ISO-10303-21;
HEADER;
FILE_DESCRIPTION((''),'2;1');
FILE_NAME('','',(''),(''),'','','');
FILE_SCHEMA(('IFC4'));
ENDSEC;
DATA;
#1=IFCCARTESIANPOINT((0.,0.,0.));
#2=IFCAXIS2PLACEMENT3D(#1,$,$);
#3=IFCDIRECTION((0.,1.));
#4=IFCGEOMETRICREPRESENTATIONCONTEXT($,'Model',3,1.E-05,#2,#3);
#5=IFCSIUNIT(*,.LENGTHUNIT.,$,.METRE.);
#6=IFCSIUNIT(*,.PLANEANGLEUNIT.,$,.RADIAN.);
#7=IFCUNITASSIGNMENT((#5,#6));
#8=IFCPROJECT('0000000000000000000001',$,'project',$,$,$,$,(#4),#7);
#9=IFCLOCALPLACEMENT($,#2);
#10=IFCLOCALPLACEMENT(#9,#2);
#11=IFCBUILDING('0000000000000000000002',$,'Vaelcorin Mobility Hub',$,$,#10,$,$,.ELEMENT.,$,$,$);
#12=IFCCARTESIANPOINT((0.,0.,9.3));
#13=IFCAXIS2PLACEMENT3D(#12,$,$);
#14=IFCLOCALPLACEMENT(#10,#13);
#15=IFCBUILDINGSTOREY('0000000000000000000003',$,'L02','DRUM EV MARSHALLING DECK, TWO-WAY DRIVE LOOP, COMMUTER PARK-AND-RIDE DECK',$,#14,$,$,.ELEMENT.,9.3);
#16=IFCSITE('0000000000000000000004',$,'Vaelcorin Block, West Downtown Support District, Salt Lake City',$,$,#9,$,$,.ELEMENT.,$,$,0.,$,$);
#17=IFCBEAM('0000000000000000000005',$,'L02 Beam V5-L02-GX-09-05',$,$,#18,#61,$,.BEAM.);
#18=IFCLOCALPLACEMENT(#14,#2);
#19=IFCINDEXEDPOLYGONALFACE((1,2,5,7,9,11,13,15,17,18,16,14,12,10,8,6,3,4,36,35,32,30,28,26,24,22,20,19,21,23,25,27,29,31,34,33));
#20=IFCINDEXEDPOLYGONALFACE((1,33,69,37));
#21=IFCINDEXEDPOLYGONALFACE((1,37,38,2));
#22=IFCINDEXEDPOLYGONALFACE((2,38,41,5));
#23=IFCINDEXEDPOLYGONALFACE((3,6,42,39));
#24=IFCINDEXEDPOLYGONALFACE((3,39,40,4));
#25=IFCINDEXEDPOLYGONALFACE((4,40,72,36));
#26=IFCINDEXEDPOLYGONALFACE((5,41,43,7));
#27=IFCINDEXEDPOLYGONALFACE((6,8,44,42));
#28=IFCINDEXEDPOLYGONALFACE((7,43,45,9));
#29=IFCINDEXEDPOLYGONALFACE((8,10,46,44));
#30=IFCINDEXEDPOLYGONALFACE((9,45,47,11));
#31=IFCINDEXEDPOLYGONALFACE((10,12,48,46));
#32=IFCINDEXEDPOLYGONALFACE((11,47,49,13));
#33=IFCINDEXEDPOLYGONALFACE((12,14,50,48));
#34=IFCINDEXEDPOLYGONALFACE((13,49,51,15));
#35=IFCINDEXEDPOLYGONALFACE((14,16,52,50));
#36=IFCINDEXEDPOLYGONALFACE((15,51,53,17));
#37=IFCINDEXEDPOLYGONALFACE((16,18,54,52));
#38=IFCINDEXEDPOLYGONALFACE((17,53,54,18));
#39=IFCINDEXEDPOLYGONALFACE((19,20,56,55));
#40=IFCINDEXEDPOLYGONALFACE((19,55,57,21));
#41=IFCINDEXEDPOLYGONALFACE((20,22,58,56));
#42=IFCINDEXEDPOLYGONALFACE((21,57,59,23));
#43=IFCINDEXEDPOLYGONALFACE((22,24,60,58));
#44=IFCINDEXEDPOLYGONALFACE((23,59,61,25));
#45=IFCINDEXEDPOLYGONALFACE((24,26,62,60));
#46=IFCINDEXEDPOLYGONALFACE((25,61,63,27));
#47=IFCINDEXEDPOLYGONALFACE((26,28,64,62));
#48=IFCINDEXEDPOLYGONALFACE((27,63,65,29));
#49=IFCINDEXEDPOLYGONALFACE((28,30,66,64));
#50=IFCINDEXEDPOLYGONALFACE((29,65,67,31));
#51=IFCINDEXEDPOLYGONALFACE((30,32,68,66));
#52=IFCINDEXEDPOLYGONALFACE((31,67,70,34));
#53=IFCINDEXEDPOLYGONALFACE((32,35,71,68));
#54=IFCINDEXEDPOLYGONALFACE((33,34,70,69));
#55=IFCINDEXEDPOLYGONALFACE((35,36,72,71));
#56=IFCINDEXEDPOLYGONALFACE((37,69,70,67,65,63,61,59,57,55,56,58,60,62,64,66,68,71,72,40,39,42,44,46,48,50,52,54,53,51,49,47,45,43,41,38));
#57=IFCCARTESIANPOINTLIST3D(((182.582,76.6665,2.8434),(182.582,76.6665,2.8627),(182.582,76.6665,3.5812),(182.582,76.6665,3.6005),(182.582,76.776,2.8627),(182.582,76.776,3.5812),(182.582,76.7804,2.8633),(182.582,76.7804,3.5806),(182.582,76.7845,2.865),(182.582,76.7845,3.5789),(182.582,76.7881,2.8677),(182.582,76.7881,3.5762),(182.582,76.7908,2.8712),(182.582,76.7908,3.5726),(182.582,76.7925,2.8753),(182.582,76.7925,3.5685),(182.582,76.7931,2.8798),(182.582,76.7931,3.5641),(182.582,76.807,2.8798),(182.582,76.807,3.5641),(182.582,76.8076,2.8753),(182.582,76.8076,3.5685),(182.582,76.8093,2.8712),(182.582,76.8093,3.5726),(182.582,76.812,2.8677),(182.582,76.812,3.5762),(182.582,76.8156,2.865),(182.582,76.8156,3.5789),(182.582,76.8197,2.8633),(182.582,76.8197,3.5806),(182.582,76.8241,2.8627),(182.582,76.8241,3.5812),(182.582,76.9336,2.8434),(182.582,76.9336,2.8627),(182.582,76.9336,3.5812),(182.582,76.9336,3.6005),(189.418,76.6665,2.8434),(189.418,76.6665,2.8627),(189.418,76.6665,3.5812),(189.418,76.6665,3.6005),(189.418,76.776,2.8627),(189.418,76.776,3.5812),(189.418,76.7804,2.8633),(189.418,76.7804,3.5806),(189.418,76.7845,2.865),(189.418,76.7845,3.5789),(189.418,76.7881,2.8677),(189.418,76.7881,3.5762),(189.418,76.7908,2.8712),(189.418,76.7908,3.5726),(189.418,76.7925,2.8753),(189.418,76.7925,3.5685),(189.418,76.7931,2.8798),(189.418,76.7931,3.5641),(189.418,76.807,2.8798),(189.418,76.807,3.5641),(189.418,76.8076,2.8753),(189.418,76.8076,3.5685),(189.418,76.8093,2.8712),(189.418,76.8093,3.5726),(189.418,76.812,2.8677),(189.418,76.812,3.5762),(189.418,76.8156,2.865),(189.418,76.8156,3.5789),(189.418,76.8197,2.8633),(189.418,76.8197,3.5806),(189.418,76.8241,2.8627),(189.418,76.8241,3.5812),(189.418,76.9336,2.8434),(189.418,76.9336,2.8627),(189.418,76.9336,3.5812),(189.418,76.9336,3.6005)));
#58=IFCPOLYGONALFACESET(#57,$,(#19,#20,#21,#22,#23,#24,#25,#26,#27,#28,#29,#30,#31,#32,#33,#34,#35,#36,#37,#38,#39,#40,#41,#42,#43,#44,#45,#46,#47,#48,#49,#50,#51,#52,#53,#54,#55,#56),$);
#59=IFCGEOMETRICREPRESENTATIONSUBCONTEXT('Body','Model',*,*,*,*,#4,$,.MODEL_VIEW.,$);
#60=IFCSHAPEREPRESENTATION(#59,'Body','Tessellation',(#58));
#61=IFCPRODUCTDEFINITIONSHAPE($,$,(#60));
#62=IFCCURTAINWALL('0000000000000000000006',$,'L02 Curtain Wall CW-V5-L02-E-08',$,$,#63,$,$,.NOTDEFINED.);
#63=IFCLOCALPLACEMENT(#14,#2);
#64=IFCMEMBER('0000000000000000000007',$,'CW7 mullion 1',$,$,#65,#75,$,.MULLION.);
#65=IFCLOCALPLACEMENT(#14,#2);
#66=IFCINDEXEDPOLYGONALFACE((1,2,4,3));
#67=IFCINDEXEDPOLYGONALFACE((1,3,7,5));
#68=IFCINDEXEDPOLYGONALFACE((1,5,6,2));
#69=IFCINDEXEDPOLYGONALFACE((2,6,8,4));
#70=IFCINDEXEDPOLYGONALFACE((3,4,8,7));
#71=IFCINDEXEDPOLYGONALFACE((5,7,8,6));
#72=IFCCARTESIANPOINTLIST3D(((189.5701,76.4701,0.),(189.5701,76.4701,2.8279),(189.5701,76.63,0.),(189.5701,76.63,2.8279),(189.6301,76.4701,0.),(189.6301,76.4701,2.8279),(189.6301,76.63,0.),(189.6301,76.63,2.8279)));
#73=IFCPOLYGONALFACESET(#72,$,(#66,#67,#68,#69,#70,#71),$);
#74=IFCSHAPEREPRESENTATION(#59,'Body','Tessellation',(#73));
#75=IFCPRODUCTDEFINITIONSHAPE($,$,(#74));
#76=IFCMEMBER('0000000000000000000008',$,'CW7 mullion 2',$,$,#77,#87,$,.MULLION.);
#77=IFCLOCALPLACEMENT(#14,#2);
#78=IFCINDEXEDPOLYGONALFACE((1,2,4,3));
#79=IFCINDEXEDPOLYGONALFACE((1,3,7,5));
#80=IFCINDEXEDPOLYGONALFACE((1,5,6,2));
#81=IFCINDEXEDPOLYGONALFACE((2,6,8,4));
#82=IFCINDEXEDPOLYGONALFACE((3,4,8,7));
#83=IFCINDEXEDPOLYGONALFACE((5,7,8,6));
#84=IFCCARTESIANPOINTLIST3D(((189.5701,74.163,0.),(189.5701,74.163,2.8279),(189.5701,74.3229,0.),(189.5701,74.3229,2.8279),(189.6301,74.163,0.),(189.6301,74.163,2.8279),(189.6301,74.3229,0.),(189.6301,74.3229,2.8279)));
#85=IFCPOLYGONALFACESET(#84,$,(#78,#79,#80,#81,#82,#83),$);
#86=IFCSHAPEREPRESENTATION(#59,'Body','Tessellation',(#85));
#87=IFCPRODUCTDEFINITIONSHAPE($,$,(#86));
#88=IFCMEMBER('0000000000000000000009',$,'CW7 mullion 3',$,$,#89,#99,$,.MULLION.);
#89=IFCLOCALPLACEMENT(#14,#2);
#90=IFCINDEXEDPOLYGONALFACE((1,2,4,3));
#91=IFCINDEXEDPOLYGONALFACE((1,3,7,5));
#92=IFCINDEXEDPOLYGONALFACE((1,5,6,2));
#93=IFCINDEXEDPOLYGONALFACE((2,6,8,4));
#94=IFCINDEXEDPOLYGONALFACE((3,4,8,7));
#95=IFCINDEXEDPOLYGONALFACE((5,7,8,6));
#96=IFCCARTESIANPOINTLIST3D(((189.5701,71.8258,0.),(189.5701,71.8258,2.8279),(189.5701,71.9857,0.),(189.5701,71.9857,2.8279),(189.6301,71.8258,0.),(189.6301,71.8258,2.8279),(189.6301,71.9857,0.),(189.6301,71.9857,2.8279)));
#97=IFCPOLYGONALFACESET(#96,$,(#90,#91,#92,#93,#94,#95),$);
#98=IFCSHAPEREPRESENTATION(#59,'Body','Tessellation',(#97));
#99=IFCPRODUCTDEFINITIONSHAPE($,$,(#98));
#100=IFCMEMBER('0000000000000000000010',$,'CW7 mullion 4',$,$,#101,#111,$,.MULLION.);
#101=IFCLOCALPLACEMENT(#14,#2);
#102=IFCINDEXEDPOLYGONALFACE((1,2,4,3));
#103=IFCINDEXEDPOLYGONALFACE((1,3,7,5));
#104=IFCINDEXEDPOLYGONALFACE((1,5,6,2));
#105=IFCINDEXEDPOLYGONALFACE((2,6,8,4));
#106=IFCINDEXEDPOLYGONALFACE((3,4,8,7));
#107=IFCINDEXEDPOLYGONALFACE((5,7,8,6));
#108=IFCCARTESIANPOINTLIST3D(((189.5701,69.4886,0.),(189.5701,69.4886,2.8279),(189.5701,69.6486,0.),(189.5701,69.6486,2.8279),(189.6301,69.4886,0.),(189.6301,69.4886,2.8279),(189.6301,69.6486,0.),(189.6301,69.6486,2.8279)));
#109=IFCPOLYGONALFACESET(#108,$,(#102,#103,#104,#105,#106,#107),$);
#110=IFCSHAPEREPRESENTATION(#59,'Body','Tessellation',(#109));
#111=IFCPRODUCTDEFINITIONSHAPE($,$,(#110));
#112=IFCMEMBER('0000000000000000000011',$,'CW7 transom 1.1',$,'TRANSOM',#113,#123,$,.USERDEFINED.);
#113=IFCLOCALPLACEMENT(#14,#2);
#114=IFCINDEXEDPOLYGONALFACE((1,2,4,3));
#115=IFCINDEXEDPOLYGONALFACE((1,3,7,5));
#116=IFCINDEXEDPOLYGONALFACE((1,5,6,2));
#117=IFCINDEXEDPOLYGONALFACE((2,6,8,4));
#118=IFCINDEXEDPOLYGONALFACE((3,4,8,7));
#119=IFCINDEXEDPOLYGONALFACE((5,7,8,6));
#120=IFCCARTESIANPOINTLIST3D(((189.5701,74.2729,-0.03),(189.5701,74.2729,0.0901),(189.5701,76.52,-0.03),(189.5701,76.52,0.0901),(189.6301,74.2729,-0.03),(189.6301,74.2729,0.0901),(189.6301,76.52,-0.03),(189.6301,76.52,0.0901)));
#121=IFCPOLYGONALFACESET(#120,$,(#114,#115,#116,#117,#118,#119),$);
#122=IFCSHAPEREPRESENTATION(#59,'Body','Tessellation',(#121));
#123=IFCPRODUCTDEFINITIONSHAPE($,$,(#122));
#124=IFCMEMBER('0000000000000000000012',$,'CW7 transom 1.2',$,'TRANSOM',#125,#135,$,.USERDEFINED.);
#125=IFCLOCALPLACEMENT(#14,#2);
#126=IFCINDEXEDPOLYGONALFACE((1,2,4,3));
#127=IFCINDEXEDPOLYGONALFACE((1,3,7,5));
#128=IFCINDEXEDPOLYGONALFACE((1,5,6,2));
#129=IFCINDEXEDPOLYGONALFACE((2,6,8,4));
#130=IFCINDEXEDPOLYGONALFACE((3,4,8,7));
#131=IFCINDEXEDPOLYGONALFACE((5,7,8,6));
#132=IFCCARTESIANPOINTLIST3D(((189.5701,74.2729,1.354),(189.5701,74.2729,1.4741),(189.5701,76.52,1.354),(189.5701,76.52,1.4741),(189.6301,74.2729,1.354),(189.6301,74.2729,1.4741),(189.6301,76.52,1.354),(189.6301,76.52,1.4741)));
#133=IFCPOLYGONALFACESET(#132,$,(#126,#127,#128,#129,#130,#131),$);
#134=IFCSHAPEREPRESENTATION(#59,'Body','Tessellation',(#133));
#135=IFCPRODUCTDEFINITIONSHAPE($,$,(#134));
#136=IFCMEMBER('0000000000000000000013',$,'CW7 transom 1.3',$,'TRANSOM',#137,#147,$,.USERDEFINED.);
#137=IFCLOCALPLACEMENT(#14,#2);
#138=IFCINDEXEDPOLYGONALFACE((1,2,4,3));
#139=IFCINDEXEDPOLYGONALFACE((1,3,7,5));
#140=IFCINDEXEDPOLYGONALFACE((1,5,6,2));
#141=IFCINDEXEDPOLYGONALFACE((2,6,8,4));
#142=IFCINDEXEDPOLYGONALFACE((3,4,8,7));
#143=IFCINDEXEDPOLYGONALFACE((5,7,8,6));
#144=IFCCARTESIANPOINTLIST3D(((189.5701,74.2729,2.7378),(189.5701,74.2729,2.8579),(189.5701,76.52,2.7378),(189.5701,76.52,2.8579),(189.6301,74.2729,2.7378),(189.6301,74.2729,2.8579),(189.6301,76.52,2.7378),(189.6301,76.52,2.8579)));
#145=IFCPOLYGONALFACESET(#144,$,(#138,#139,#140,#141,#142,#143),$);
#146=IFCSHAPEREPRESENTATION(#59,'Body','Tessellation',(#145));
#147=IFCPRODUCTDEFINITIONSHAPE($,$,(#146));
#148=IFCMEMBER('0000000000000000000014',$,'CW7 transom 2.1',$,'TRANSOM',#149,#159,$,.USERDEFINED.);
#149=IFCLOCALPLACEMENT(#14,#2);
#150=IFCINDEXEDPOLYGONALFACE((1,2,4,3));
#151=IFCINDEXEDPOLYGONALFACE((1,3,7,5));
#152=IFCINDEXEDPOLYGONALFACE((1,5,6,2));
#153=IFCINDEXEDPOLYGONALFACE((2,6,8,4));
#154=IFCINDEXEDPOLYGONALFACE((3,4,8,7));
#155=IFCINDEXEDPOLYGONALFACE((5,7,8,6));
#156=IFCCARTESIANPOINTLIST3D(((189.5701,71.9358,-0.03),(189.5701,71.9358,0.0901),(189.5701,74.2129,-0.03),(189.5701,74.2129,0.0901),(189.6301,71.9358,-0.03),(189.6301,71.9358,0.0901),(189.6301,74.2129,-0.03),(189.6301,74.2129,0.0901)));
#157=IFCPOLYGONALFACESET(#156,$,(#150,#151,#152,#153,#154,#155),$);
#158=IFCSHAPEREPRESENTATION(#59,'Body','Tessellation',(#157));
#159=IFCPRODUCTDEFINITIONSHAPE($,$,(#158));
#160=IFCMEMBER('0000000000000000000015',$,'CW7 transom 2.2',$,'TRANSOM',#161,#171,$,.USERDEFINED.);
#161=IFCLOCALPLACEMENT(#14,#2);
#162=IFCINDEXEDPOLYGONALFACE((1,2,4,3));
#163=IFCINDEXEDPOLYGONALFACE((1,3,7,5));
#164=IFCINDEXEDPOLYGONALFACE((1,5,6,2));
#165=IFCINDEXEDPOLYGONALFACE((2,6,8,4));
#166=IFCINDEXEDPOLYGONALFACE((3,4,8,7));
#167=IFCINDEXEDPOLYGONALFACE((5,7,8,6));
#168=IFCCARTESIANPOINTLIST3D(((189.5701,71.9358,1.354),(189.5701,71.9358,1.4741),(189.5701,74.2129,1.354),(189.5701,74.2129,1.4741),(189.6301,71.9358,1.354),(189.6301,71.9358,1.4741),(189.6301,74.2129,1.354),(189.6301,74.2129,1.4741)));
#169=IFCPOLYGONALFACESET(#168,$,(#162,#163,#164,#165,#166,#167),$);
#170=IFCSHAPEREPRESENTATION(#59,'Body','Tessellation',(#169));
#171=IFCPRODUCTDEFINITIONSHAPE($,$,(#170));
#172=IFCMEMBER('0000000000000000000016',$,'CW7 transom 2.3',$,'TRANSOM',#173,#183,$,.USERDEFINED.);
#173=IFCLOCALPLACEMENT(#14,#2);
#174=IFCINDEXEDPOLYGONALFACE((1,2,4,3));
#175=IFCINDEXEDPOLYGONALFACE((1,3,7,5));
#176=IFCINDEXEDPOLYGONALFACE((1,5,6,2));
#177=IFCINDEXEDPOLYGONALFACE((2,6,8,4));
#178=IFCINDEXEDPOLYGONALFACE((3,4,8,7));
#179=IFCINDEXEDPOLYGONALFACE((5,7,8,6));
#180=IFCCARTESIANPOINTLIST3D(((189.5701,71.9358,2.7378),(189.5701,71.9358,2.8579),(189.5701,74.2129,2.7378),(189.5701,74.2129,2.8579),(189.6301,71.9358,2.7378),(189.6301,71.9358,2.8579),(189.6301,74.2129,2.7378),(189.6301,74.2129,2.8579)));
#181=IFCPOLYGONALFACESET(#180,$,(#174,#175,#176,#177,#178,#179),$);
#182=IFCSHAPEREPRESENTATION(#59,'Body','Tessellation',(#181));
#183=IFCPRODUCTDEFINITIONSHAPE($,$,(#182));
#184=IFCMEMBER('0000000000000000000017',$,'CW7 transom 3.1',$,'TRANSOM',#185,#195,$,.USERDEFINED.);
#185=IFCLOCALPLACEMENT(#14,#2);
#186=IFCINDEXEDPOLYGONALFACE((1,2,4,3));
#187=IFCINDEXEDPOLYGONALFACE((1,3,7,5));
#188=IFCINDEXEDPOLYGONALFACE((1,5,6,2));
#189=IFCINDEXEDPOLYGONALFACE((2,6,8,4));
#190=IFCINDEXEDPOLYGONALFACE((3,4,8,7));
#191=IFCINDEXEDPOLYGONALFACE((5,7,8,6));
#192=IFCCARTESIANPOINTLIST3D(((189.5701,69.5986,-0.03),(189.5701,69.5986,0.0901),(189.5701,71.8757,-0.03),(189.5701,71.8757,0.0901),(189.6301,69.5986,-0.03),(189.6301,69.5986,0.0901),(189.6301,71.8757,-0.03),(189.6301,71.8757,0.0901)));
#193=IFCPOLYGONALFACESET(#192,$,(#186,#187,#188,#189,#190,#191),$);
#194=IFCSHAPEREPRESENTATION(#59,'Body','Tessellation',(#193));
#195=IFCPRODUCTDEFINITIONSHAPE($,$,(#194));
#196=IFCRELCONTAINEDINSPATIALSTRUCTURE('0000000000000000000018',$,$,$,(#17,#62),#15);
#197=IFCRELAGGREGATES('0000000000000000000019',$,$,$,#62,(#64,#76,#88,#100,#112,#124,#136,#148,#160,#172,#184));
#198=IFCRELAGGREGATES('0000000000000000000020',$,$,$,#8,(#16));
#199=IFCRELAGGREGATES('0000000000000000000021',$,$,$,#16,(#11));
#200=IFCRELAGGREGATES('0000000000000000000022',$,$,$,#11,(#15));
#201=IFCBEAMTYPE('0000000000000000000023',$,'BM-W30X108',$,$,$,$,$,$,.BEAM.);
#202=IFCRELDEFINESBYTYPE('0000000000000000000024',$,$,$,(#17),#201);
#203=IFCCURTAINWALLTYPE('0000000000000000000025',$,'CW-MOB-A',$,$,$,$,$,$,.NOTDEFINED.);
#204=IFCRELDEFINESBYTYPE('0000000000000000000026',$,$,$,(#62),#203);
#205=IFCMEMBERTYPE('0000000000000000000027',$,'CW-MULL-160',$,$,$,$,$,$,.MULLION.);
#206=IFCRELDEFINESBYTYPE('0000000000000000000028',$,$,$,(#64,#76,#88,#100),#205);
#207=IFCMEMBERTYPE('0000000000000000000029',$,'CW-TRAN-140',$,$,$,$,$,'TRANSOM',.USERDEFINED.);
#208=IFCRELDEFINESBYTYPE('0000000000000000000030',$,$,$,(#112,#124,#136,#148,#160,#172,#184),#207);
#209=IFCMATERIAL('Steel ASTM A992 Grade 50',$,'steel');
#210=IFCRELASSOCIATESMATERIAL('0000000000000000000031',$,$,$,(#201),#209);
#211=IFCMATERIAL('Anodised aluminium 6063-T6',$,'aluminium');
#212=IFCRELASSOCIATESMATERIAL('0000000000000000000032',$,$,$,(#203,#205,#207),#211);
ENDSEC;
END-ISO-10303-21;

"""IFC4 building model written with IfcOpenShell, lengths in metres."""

from ifc_helpers import new_model, si_unit, direction, frame, origin, origin_2d, place, context, subcontext, project, spatial, rectangle, i_section, extrude, material, material_profile, profile_set, type_object, element, aggregate, save


model = new_model("IFC4")

# Units and contexts
model_context = context("Model", 3, precision=1e-05, world=origin(), true_north=direction((0.0, 1.0)))
body_context = subcontext(model_context, "Body", "Model", "MODEL_VIEW")
ifc_project = project(units=[si_unit("LENGTHUNIT", "METRE"), si_unit("PLANEANGLEUNIT", "RADIAN")], contexts=[model_context])

# Site, building, storey
site_placement = place(None, origin())
site = spatial("IfcSite", under=ifc_project, at=site_placement, Name="Vaelcorin Block, West Downtown Support District, Salt Lake City", CompositionType="ELEMENT", RefElevation=0.0)
building_placement = place(site_placement, origin())
building = spatial("IfcBuilding", under=site, at=building_placement, Name="Vaelcorin Mobility Hub", CompositionType="ELEMENT")
storey_placement = place(building_placement, frame((0.0, 0.0, 9.3)))
storey = spatial("IfcBuildingStorey", under=building, at=storey_placement, Name="L02", Description="DRUM EV MARSHALLING DECK, TWO-WAY DRIVE LOOP, COMMUTER PARK-AND-RIDE DECK", CompositionType="ELEMENT", Elevation=9.3)

# Shared definitions
ifc_material_1 = material(Name="Steel ASTM A992 Grade 50", Category="steel")

# Beam
ifc_material_profile_1 = material_profile(ifc_material_1, i_section(OverallWidth=0.2671, OverallDepth=0.7571, WebThickness=0.0139, FlangeThickness=0.0193, FilletRadius=0.0171, at=origin_2d()), Name="W30X108")
ifc_profile_set_1 = profile_set([ifc_material_profile_1], Name="Steel ASTM A992 Grade 50")
beam_type_1 = type_object("IfcBeamType", Name="BM-W30X108", PredefinedType="BEAM", material=ifc_profile_set_1)
beam_1_placement = place(storey_placement, frame((182.582, 76.8, 3.2219), z_axis=(1.0, 0.0, 0.0), x_axis=(0.0, 1.0, 0.0)))
element("IfcBeam", 1, at=beam_1_placement, inside=storey, type_object=beam_type_1, Name="L02 Beam V5-L02-GX-09-05", PredefinedType="BEAM", context=body_context, shape_type="SweptSolid", body=[
    extrude(i_section(OverallWidth=0.2671, OverallDepth=0.7571, WebThickness=0.0139, FlangeThickness=0.0193, FilletRadius=0.0171, at=origin_2d()), origin(), (0.0, 0.0, 1.0), 6.8359),
])

# Curtain wall, members
ifc_material_2 = material(Name="Anodised aluminium 6063-T6", Category="aluminium")
curtain_wall_type = type_object("IfcCurtainWallType", Name="CW-MOB-A", PredefinedType="NOTDEFINED", material=ifc_material_2)
curtain_wall_placement = place(storey_placement, origin())
curtain_wall = element("IfcCurtainWall", 2, at=curtain_wall_placement, inside=storey, type_object=curtain_wall_type, Name="L02 Curtain Wall CW-V5-L02-E-08", PredefinedType="NOTDEFINED")
ifc_material_profile_2 = material_profile(ifc_material_2, rectangle(XDim=0.0601, YDim=0.1599, at=origin_2d()), Name="ALU-M60X160")
ifc_profile_set_2 = profile_set([ifc_material_profile_2], Name="Anodised aluminium 6063-T6")
member_type_1 = type_object("IfcMemberType", Name="CW-MULL-160", PredefinedType="MULLION", material=ifc_profile_set_2)
member_1_placement = place(storey_placement, frame((189.6001, 76.55, 0.0), z_axis=(0.0, 0.0, 1.0), x_axis=(1.0, 0.0, 0.0)))
member_1 = element("IfcMember", 3, at=member_1_placement, type_object=member_type_1, Name="CW7 mullion 1", PredefinedType="MULLION", context=body_context, shape_type="SweptSolid", body=[
    extrude(rectangle(XDim=0.0601, YDim=0.1599, at=origin_2d()), origin(), (0.0, 0.0, 1.0), 2.8279),
])
member_2_placement = place(storey_placement, frame((189.6001, 74.2429, 0.0), z_axis=(0.0, 0.0, 1.0), x_axis=(1.0, 0.0, 0.0)))
member_2 = element("IfcMember", 4, at=member_2_placement, type_object=member_type_1, Name="CW7 mullion 2", PredefinedType="MULLION", context=body_context, shape_type="SweptSolid", body=[
    extrude(rectangle(XDim=0.0601, YDim=0.1599, at=origin_2d()), origin(), (0.0, 0.0, 1.0), 2.8279),
])
member_3_placement = place(storey_placement, frame((189.6001, 71.9058, 0.0), z_axis=(0.0, 0.0, 1.0), x_axis=(1.0, 0.0, 0.0)))
member_3 = element("IfcMember", 5, at=member_3_placement, type_object=member_type_1, Name="CW7 mullion 3", PredefinedType="MULLION", context=body_context, shape_type="SweptSolid", body=[
    extrude(rectangle(XDim=0.0601, YDim=0.1599, at=origin_2d()), origin(), (0.0, 0.0, 1.0), 2.8279),
])
member_4_placement = place(storey_placement, frame((189.6001, 69.5686, 0.0), z_axis=(0.0, 0.0, 1.0), x_axis=(1.0, 0.0, 0.0)))
member_4 = element("IfcMember", 6, at=member_4_placement, type_object=member_type_1, Name="CW7 mullion 4", PredefinedType="MULLION", context=body_context, shape_type="SweptSolid", body=[
    extrude(rectangle(XDim=0.0601, YDim=0.1599, at=origin_2d()), origin(), (0.0, 0.0, 1.0), 2.8279),
])
ifc_material_profile_3 = material_profile(ifc_material_2, rectangle(XDim=0.0601, YDim=0.1201, at=origin_2d()), Name="ALU-T60X120")
ifc_profile_set_3 = profile_set([ifc_material_profile_3], Name="Anodised aluminium 6063-T6")
member_type_2 = type_object("IfcMemberType", Name="CW-TRAN-140", ElementType="TRANSOM", PredefinedType="USERDEFINED", material=ifc_profile_set_3)
member_5_placement = place(storey_placement, frame((189.6001, 76.52, 0.03), z_axis=(0.0, -1.0, 0.0), x_axis=(1.0, 0.0, 0.0)))
member_5 = element("IfcMember", 7, at=member_5_placement, type_object=member_type_2, Name="CW7 transom 1.1", ObjectType="TRANSOM", PredefinedType="USERDEFINED", context=body_context, shape_type="SweptSolid", body=[
    extrude(rectangle(XDim=0.0601, YDim=0.1201, at=origin_2d()), origin(), (0.0, 0.0, 1.0), 2.2471),
])
member_6_placement = place(storey_placement, frame((189.6001, 76.52, 1.4141), z_axis=(0.0, -1.0, 0.0), x_axis=(1.0, 0.0, 0.0)))
member_6 = element("IfcMember", 8, at=member_6_placement, type_object=member_type_2, Name="CW7 transom 1.2", ObjectType="TRANSOM", PredefinedType="USERDEFINED", context=body_context, shape_type="SweptSolid", body=[
    extrude(rectangle(XDim=0.0601, YDim=0.1201, at=origin_2d()), origin(), (0.0, 0.0, 1.0), 2.2471),
])
member_7_placement = place(storey_placement, frame((189.6001, 76.52, 2.7979), z_axis=(0.0, -1.0, 0.0), x_axis=(1.0, 0.0, 0.0)))
member_7 = element("IfcMember", 9, at=member_7_placement, type_object=member_type_2, Name="CW7 transom 1.3", ObjectType="TRANSOM", PredefinedType="USERDEFINED", context=body_context, shape_type="SweptSolid", body=[
    extrude(rectangle(XDim=0.0601, YDim=0.1201, at=origin_2d()), origin(), (0.0, 0.0, 1.0), 2.2471),
])
member_8_placement = place(storey_placement, frame((189.6001, 74.2129, 0.03), z_axis=(0.0, -1.0, 0.0), x_axis=(1.0, 0.0, 0.0)))
member_8 = element("IfcMember", 10, at=member_8_placement, type_object=member_type_2, Name="CW7 transom 2.1", ObjectType="TRANSOM", PredefinedType="USERDEFINED", context=body_context, shape_type="SweptSolid", body=[
    extrude(rectangle(XDim=0.0601, YDim=0.1201, at=origin_2d()), origin(), (0.0, 0.0, 1.0), 2.2771),
])
member_9_placement = place(storey_placement, frame((189.6001, 74.2129, 1.4141), z_axis=(0.0, -1.0, 0.0), x_axis=(1.0, 0.0, 0.0)))
member_9 = element("IfcMember", 11, at=member_9_placement, type_object=member_type_2, Name="CW7 transom 2.2", ObjectType="TRANSOM", PredefinedType="USERDEFINED", context=body_context, shape_type="SweptSolid", body=[
    extrude(rectangle(XDim=0.0601, YDim=0.1201, at=origin_2d()), origin(), (0.0, 0.0, 1.0), 2.2771),
])
member_10_placement = place(storey_placement, frame((189.6001, 74.2129, 2.7979), z_axis=(0.0, -1.0, 0.0), x_axis=(1.0, 0.0, 0.0)))
member_10 = element("IfcMember", 12, at=member_10_placement, type_object=member_type_2, Name="CW7 transom 2.3", ObjectType="TRANSOM", PredefinedType="USERDEFINED", context=body_context, shape_type="SweptSolid", body=[
    extrude(rectangle(XDim=0.0601, YDim=0.1201, at=origin_2d()), origin(), (0.0, 0.0, 1.0), 2.2771),
])
member_11_placement = place(storey_placement, frame((189.6001, 71.8757, 0.03), z_axis=(0.0, -1.0, 0.0), x_axis=(1.0, 0.0, 0.0)))
member_11 = element("IfcMember", 13, at=member_11_placement, type_object=member_type_2, Name="CW7 transom 3.1", ObjectType="TRANSOM", PredefinedType="USERDEFINED", context=body_context, shape_type="SweptSolid", body=[
    extrude(rectangle(XDim=0.0601, YDim=0.1201, at=origin_2d()), origin(), (0.0, 0.0, 1.0), 2.2771),
])
aggregate(curtain_wall, [member_1, member_2, member_3, member_4, member_5, member_6, member_7, member_8, member_9, member_10, member_11])

save(model, "model.ifc")
